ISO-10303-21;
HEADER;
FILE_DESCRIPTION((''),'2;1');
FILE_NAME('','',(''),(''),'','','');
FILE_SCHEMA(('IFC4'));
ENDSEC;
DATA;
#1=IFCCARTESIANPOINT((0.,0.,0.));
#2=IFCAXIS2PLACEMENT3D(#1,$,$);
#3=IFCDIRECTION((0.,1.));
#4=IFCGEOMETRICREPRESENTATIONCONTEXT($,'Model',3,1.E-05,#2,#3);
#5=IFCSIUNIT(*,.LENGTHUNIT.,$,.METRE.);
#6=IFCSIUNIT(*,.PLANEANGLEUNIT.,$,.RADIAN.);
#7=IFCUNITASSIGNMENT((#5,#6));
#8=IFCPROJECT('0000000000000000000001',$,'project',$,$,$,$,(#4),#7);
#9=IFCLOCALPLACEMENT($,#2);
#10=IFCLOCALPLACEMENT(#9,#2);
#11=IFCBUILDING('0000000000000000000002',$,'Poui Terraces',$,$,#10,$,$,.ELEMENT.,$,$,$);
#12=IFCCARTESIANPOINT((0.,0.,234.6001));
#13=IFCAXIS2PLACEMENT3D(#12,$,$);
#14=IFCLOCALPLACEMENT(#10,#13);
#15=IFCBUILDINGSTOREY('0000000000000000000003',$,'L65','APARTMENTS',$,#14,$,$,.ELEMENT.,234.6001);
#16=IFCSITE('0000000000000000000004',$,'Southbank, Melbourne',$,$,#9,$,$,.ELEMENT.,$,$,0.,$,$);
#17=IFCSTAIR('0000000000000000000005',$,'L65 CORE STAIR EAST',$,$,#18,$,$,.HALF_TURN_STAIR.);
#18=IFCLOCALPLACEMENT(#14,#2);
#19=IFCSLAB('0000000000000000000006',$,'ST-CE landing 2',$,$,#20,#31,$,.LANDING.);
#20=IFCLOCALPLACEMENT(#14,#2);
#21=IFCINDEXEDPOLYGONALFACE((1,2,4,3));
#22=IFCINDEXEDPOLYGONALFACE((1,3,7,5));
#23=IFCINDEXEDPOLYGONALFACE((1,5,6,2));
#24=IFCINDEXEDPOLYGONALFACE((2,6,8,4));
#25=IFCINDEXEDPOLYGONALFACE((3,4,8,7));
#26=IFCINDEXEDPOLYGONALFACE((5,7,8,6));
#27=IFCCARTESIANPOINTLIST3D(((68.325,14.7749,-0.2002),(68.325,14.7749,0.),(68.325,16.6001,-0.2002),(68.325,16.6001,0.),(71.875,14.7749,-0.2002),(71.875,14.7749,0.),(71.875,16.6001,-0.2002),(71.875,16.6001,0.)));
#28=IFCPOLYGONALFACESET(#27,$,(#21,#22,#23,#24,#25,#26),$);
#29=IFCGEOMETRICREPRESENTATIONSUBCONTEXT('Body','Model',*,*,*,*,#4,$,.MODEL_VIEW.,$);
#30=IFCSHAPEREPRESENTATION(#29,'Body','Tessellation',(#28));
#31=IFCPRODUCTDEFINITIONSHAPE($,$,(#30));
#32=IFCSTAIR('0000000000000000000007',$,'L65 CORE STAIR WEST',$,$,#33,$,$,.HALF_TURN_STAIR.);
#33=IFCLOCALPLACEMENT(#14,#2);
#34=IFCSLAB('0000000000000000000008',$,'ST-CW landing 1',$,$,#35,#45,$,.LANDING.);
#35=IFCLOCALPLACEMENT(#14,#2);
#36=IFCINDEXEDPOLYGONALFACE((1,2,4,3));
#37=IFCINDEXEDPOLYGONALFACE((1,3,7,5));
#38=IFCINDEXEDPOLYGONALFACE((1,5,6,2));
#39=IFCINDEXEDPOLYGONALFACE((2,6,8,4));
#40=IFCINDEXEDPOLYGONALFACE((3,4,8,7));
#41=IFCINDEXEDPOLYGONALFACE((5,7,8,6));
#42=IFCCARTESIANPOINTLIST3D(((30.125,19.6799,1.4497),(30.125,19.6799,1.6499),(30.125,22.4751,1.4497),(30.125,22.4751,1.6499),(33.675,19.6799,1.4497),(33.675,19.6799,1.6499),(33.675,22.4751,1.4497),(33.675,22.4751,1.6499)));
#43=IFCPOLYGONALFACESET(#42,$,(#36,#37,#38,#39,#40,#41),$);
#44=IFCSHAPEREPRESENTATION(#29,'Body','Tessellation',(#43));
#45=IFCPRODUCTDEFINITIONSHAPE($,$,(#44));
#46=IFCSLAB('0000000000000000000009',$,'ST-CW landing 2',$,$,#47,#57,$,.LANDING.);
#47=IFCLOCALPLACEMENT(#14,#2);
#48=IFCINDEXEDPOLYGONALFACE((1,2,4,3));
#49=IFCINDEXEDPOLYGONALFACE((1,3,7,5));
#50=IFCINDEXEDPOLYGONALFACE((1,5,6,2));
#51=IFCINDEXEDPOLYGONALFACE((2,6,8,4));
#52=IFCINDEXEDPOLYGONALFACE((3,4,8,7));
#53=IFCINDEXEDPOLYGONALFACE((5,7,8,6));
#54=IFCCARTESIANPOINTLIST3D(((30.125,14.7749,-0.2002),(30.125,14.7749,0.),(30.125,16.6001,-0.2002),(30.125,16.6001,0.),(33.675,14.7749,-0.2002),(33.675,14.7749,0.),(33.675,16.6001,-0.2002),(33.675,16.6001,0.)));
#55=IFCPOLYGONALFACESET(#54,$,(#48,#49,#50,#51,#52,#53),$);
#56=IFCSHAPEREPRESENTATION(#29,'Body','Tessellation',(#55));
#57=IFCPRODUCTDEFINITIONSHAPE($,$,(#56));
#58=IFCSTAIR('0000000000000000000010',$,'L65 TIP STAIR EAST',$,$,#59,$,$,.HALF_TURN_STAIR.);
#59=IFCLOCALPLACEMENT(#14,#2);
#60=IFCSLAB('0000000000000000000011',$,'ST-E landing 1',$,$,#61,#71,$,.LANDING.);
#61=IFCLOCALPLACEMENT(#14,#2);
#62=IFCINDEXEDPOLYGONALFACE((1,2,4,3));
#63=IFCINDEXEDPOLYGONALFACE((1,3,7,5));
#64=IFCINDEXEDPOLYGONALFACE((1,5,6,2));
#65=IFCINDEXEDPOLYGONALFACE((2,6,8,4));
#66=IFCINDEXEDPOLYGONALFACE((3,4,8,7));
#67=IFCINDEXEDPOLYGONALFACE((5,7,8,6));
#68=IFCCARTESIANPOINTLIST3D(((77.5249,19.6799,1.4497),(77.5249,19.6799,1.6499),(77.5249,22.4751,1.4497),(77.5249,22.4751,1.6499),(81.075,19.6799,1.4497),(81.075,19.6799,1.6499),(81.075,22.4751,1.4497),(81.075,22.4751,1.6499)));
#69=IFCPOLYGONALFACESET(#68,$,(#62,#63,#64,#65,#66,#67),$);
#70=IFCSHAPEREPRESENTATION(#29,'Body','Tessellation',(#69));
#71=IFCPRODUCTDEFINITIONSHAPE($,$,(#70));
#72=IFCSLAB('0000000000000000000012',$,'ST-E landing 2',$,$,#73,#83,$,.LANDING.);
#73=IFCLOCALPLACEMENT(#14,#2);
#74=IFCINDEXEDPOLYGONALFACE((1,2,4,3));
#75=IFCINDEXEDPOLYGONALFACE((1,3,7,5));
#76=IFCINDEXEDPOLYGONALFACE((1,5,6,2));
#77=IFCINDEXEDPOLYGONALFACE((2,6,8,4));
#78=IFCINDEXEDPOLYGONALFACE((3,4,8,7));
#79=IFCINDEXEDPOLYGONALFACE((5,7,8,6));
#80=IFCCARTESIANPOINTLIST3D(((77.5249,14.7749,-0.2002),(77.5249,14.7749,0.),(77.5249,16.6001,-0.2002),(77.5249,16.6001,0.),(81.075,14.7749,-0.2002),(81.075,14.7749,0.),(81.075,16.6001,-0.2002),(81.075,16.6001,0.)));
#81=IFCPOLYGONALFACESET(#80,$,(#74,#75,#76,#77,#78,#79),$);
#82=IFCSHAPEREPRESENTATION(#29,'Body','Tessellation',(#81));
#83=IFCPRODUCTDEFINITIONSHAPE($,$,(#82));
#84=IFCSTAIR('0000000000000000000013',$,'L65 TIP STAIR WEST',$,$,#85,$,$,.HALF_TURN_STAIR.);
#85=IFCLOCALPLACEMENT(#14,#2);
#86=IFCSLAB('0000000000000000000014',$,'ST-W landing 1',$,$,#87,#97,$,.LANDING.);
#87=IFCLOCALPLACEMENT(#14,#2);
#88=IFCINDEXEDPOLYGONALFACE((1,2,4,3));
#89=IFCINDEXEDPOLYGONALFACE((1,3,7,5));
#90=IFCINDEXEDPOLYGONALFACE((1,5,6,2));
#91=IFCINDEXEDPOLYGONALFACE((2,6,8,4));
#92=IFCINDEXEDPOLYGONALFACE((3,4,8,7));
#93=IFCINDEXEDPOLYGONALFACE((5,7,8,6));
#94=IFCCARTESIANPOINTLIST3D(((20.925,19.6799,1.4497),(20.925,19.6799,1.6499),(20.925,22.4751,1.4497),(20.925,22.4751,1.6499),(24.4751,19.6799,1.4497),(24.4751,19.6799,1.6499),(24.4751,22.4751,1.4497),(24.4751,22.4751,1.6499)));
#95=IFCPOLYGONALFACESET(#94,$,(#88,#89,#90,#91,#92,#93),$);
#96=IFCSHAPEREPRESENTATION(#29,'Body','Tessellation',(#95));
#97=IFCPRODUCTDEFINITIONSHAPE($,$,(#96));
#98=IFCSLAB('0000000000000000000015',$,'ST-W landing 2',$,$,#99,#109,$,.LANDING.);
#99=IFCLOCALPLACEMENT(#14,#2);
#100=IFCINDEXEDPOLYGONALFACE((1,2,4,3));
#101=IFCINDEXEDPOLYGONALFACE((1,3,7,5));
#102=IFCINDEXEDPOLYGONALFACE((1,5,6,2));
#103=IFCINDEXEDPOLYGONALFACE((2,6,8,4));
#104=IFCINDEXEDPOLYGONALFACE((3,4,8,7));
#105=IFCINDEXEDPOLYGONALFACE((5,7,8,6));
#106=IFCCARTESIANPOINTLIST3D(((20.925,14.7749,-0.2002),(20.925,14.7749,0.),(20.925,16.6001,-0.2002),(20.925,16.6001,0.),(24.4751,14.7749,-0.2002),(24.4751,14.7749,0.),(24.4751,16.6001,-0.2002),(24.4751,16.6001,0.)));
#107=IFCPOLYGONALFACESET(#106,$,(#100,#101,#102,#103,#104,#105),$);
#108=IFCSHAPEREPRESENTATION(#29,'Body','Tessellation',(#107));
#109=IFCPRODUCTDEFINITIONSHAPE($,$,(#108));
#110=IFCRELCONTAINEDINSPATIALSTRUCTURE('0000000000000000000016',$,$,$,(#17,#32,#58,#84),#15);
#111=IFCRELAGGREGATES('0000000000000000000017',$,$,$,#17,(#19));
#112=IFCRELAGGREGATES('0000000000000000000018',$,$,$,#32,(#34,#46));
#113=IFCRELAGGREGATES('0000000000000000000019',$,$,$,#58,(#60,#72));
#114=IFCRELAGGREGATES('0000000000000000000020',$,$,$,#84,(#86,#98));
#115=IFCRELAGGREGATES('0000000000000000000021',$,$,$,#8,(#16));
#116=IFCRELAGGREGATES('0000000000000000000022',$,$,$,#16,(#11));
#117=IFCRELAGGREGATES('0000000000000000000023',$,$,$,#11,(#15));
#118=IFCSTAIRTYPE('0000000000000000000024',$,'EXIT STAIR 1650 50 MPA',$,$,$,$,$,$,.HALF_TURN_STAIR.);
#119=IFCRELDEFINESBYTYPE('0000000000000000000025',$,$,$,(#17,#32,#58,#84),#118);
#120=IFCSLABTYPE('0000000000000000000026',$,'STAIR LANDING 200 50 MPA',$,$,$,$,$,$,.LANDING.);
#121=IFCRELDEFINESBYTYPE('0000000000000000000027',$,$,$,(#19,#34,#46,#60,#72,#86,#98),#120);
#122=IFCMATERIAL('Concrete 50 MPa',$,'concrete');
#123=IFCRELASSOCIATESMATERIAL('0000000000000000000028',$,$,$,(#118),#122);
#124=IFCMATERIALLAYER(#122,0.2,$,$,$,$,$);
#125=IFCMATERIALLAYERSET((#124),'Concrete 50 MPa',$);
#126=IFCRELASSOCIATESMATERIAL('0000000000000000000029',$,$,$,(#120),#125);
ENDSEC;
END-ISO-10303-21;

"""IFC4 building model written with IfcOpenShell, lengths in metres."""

from ifc_helpers import new_model, si_unit, direction, frame, origin, place, context, subcontext, project, spatial, polyline, outline, extrude, material, layer, layer_set, type_object, element, aggregate, save


model = new_model("IFC4")

# Units and contexts
model_context = context("Model", 3, precision=1e-05, world=origin(), true_north=direction((0.0, 1.0)))
body_context = subcontext(model_context, "Body", "Model", "MODEL_VIEW")
ifc_project = project(units=[si_unit("LENGTHUNIT", "METRE"), si_unit("PLANEANGLEUNIT", "RADIAN")], contexts=[model_context])

# Site, building, storey
site_placement = place(None, origin())
site = spatial("IfcSite", under=ifc_project, at=site_placement, Name="Southbank, Melbourne", CompositionType="ELEMENT", RefElevation=0.0)
building_placement = place(site_placement, origin())
building = spatial("IfcBuilding", under=site, at=building_placement, Name="Poui Terraces", CompositionType="ELEMENT")
storey_placement = place(building_placement, frame((0.0, 0.0, 234.6001)))
storey = spatial("IfcBuildingStorey", under=building, at=storey_placement, Name="L65", Description="APARTMENTS", CompositionType="ELEMENT", Elevation=234.6001)

# Stair, slab
ifc_material_1 = material(Name="Concrete 50 MPa", Category="concrete")
stair_type = type_object("IfcStairType", Name="EXIT STAIR 1650 50 MPA", PredefinedType="HALF_TURN_STAIR", material=ifc_material_1)
stair_1_placement = place(storey_placement, origin())
stair_1 = element("IfcStair", 1, at=stair_1_placement, inside=storey, type_object=stair_type, Name="L65 CORE STAIR EAST", PredefinedType="HALF_TURN_STAIR")
ifc_layer_1 = layer(ifc_material_1, 0.2)
ifc_layer_set_1 = layer_set([ifc_layer_1], Name="Concrete 50 MPa")
slab_type_1 = type_object("IfcSlabType", Name="STAIR LANDING 200 50 MPA", PredefinedType="LANDING", material=ifc_layer_set_1)
slab_1_placement = place(storey_placement, frame((0.0, 0.0, -0.2002)))
slab_1 = element("IfcSlab", 2, at=slab_1_placement, type_object=slab_type_1, Name="ST-CE landing 2", PredefinedType="LANDING", context=body_context, shape_type="SweptSolid", body=[
    extrude(outline(polyline([(68.325, 14.7749), (71.875, 14.7749), (71.875, 16.6001), (68.325, 16.6001), (68.325, 14.7749)])), origin(), (0.0, 0.0, 1.0), 0.2002),
])
aggregate(stair_1, [slab_1])

# Stairs, slabs
stair_2_placement = place(storey_placement, origin())
stair_2 = element("IfcStair", 3, at=stair_2_placement, inside=storey, type_object=stair_type, Name="L65 CORE STAIR WEST", PredefinedType="HALF_TURN_STAIR")
slab_2_placement = place(storey_placement, frame((0.0, 0.0, 1.4497)))
slab_2 = element("IfcSlab", 4, at=slab_2_placement, type_object=slab_type_1, Name="ST-CW landing 1", PredefinedType="LANDING", context=body_context, shape_type="SweptSolid", body=[
    extrude(outline(polyline([(30.125, 19.6799), (33.675, 19.6799), (33.675, 22.4751), (30.125, 22.4751), (30.125, 19.6799)])), origin(), (0.0, 0.0, 1.0), 0.2002),
])
slab_3_placement = place(storey_placement, frame((0.0, 0.0, -0.2002)))
slab_3 = element("IfcSlab", 5, at=slab_3_placement, type_object=slab_type_1, Name="ST-CW landing 2", PredefinedType="LANDING", context=body_context, shape_type="SweptSolid", body=[
    extrude(outline(polyline([(30.125, 14.7749), (33.675, 14.7749), (33.675, 16.6001), (30.125, 16.6001), (30.125, 14.7749)])), origin(), (0.0, 0.0, 1.0), 0.2002),
])
aggregate(stair_2, [slab_2, slab_3])
stair_3_placement = place(storey_placement, origin())
stair_3 = element("IfcStair", 6, at=stair_3_placement, inside=storey, type_object=stair_type, Name="L65 TIP STAIR EAST", PredefinedType="HALF_TURN_STAIR")
slab_4_placement = place(storey_placement, frame((0.0, 0.0, 1.4497)))
slab_4 = element("IfcSlab", 7, at=slab_4_placement, type_object=slab_type_1, Name="ST-E landing 1", PredefinedType="LANDING", context=body_context, shape_type="SweptSolid", body=[
    extrude(outline(polyline([(77.5249, 19.6799), (81.075, 19.6799), (81.075, 22.4751), (77.5249, 22.4751), (77.5249, 19.6799)])), origin(), (0.0, 0.0, 1.0), 0.2002),
])
slab_5_placement = place(storey_placement, frame((0.0, 0.0, -0.2002)))
slab_5 = element("IfcSlab", 8, at=slab_5_placement, type_object=slab_type_1, Name="ST-E landing 2", PredefinedType="LANDING", context=body_context, shape_type="SweptSolid", body=[
    extrude(outline(polyline([(77.5249, 14.7749), (81.075, 14.7749), (81.075, 16.6001), (77.5249, 16.6001), (77.5249, 14.7749)])), origin(), (0.0, 0.0, 1.0), 0.2002),
])
aggregate(stair_3, [slab_4, slab_5])
stair_4_placement = place(storey_placement, origin())
stair_4 = element("IfcStair", 9, at=stair_4_placement, inside=storey, type_object=stair_type, Name="L65 TIP STAIR WEST", PredefinedType="HALF_TURN_STAIR")
slab_6_placement = place(storey_placement, frame((0.0, 0.0, 1.4497)))
slab_6 = element("IfcSlab", 10, at=slab_6_placement, type_object=slab_type_1, Name="ST-W landing 1", PredefinedType="LANDING", context=body_context, shape_type="SweptSolid", body=[
    extrude(outline(polyline([(20.925, 19.6799), (24.4751, 19.6799), (24.4751, 22.4751), (20.925, 22.4751), (20.925, 19.6799)])), origin(), (0.0, 0.0, 1.0), 0.2002),
])
slab_7_placement = place(storey_placement, frame((0.0, 0.0, -0.2002)))
slab_7 = element("IfcSlab", 11, at=slab_7_placement, type_object=slab_type_1, Name="ST-W landing 2", PredefinedType="LANDING", context=body_context, shape_type="SweptSolid", body=[
    extrude(outline(polyline([(20.925, 14.7749), (24.4751, 14.7749), (24.4751, 16.6001), (20.925, 16.6001), (20.925, 14.7749)])), origin(), (0.0, 0.0, 1.0), 0.2002),
])
aggregate(stair_4, [slab_6, slab_7])

save(model, "model.ifc")
